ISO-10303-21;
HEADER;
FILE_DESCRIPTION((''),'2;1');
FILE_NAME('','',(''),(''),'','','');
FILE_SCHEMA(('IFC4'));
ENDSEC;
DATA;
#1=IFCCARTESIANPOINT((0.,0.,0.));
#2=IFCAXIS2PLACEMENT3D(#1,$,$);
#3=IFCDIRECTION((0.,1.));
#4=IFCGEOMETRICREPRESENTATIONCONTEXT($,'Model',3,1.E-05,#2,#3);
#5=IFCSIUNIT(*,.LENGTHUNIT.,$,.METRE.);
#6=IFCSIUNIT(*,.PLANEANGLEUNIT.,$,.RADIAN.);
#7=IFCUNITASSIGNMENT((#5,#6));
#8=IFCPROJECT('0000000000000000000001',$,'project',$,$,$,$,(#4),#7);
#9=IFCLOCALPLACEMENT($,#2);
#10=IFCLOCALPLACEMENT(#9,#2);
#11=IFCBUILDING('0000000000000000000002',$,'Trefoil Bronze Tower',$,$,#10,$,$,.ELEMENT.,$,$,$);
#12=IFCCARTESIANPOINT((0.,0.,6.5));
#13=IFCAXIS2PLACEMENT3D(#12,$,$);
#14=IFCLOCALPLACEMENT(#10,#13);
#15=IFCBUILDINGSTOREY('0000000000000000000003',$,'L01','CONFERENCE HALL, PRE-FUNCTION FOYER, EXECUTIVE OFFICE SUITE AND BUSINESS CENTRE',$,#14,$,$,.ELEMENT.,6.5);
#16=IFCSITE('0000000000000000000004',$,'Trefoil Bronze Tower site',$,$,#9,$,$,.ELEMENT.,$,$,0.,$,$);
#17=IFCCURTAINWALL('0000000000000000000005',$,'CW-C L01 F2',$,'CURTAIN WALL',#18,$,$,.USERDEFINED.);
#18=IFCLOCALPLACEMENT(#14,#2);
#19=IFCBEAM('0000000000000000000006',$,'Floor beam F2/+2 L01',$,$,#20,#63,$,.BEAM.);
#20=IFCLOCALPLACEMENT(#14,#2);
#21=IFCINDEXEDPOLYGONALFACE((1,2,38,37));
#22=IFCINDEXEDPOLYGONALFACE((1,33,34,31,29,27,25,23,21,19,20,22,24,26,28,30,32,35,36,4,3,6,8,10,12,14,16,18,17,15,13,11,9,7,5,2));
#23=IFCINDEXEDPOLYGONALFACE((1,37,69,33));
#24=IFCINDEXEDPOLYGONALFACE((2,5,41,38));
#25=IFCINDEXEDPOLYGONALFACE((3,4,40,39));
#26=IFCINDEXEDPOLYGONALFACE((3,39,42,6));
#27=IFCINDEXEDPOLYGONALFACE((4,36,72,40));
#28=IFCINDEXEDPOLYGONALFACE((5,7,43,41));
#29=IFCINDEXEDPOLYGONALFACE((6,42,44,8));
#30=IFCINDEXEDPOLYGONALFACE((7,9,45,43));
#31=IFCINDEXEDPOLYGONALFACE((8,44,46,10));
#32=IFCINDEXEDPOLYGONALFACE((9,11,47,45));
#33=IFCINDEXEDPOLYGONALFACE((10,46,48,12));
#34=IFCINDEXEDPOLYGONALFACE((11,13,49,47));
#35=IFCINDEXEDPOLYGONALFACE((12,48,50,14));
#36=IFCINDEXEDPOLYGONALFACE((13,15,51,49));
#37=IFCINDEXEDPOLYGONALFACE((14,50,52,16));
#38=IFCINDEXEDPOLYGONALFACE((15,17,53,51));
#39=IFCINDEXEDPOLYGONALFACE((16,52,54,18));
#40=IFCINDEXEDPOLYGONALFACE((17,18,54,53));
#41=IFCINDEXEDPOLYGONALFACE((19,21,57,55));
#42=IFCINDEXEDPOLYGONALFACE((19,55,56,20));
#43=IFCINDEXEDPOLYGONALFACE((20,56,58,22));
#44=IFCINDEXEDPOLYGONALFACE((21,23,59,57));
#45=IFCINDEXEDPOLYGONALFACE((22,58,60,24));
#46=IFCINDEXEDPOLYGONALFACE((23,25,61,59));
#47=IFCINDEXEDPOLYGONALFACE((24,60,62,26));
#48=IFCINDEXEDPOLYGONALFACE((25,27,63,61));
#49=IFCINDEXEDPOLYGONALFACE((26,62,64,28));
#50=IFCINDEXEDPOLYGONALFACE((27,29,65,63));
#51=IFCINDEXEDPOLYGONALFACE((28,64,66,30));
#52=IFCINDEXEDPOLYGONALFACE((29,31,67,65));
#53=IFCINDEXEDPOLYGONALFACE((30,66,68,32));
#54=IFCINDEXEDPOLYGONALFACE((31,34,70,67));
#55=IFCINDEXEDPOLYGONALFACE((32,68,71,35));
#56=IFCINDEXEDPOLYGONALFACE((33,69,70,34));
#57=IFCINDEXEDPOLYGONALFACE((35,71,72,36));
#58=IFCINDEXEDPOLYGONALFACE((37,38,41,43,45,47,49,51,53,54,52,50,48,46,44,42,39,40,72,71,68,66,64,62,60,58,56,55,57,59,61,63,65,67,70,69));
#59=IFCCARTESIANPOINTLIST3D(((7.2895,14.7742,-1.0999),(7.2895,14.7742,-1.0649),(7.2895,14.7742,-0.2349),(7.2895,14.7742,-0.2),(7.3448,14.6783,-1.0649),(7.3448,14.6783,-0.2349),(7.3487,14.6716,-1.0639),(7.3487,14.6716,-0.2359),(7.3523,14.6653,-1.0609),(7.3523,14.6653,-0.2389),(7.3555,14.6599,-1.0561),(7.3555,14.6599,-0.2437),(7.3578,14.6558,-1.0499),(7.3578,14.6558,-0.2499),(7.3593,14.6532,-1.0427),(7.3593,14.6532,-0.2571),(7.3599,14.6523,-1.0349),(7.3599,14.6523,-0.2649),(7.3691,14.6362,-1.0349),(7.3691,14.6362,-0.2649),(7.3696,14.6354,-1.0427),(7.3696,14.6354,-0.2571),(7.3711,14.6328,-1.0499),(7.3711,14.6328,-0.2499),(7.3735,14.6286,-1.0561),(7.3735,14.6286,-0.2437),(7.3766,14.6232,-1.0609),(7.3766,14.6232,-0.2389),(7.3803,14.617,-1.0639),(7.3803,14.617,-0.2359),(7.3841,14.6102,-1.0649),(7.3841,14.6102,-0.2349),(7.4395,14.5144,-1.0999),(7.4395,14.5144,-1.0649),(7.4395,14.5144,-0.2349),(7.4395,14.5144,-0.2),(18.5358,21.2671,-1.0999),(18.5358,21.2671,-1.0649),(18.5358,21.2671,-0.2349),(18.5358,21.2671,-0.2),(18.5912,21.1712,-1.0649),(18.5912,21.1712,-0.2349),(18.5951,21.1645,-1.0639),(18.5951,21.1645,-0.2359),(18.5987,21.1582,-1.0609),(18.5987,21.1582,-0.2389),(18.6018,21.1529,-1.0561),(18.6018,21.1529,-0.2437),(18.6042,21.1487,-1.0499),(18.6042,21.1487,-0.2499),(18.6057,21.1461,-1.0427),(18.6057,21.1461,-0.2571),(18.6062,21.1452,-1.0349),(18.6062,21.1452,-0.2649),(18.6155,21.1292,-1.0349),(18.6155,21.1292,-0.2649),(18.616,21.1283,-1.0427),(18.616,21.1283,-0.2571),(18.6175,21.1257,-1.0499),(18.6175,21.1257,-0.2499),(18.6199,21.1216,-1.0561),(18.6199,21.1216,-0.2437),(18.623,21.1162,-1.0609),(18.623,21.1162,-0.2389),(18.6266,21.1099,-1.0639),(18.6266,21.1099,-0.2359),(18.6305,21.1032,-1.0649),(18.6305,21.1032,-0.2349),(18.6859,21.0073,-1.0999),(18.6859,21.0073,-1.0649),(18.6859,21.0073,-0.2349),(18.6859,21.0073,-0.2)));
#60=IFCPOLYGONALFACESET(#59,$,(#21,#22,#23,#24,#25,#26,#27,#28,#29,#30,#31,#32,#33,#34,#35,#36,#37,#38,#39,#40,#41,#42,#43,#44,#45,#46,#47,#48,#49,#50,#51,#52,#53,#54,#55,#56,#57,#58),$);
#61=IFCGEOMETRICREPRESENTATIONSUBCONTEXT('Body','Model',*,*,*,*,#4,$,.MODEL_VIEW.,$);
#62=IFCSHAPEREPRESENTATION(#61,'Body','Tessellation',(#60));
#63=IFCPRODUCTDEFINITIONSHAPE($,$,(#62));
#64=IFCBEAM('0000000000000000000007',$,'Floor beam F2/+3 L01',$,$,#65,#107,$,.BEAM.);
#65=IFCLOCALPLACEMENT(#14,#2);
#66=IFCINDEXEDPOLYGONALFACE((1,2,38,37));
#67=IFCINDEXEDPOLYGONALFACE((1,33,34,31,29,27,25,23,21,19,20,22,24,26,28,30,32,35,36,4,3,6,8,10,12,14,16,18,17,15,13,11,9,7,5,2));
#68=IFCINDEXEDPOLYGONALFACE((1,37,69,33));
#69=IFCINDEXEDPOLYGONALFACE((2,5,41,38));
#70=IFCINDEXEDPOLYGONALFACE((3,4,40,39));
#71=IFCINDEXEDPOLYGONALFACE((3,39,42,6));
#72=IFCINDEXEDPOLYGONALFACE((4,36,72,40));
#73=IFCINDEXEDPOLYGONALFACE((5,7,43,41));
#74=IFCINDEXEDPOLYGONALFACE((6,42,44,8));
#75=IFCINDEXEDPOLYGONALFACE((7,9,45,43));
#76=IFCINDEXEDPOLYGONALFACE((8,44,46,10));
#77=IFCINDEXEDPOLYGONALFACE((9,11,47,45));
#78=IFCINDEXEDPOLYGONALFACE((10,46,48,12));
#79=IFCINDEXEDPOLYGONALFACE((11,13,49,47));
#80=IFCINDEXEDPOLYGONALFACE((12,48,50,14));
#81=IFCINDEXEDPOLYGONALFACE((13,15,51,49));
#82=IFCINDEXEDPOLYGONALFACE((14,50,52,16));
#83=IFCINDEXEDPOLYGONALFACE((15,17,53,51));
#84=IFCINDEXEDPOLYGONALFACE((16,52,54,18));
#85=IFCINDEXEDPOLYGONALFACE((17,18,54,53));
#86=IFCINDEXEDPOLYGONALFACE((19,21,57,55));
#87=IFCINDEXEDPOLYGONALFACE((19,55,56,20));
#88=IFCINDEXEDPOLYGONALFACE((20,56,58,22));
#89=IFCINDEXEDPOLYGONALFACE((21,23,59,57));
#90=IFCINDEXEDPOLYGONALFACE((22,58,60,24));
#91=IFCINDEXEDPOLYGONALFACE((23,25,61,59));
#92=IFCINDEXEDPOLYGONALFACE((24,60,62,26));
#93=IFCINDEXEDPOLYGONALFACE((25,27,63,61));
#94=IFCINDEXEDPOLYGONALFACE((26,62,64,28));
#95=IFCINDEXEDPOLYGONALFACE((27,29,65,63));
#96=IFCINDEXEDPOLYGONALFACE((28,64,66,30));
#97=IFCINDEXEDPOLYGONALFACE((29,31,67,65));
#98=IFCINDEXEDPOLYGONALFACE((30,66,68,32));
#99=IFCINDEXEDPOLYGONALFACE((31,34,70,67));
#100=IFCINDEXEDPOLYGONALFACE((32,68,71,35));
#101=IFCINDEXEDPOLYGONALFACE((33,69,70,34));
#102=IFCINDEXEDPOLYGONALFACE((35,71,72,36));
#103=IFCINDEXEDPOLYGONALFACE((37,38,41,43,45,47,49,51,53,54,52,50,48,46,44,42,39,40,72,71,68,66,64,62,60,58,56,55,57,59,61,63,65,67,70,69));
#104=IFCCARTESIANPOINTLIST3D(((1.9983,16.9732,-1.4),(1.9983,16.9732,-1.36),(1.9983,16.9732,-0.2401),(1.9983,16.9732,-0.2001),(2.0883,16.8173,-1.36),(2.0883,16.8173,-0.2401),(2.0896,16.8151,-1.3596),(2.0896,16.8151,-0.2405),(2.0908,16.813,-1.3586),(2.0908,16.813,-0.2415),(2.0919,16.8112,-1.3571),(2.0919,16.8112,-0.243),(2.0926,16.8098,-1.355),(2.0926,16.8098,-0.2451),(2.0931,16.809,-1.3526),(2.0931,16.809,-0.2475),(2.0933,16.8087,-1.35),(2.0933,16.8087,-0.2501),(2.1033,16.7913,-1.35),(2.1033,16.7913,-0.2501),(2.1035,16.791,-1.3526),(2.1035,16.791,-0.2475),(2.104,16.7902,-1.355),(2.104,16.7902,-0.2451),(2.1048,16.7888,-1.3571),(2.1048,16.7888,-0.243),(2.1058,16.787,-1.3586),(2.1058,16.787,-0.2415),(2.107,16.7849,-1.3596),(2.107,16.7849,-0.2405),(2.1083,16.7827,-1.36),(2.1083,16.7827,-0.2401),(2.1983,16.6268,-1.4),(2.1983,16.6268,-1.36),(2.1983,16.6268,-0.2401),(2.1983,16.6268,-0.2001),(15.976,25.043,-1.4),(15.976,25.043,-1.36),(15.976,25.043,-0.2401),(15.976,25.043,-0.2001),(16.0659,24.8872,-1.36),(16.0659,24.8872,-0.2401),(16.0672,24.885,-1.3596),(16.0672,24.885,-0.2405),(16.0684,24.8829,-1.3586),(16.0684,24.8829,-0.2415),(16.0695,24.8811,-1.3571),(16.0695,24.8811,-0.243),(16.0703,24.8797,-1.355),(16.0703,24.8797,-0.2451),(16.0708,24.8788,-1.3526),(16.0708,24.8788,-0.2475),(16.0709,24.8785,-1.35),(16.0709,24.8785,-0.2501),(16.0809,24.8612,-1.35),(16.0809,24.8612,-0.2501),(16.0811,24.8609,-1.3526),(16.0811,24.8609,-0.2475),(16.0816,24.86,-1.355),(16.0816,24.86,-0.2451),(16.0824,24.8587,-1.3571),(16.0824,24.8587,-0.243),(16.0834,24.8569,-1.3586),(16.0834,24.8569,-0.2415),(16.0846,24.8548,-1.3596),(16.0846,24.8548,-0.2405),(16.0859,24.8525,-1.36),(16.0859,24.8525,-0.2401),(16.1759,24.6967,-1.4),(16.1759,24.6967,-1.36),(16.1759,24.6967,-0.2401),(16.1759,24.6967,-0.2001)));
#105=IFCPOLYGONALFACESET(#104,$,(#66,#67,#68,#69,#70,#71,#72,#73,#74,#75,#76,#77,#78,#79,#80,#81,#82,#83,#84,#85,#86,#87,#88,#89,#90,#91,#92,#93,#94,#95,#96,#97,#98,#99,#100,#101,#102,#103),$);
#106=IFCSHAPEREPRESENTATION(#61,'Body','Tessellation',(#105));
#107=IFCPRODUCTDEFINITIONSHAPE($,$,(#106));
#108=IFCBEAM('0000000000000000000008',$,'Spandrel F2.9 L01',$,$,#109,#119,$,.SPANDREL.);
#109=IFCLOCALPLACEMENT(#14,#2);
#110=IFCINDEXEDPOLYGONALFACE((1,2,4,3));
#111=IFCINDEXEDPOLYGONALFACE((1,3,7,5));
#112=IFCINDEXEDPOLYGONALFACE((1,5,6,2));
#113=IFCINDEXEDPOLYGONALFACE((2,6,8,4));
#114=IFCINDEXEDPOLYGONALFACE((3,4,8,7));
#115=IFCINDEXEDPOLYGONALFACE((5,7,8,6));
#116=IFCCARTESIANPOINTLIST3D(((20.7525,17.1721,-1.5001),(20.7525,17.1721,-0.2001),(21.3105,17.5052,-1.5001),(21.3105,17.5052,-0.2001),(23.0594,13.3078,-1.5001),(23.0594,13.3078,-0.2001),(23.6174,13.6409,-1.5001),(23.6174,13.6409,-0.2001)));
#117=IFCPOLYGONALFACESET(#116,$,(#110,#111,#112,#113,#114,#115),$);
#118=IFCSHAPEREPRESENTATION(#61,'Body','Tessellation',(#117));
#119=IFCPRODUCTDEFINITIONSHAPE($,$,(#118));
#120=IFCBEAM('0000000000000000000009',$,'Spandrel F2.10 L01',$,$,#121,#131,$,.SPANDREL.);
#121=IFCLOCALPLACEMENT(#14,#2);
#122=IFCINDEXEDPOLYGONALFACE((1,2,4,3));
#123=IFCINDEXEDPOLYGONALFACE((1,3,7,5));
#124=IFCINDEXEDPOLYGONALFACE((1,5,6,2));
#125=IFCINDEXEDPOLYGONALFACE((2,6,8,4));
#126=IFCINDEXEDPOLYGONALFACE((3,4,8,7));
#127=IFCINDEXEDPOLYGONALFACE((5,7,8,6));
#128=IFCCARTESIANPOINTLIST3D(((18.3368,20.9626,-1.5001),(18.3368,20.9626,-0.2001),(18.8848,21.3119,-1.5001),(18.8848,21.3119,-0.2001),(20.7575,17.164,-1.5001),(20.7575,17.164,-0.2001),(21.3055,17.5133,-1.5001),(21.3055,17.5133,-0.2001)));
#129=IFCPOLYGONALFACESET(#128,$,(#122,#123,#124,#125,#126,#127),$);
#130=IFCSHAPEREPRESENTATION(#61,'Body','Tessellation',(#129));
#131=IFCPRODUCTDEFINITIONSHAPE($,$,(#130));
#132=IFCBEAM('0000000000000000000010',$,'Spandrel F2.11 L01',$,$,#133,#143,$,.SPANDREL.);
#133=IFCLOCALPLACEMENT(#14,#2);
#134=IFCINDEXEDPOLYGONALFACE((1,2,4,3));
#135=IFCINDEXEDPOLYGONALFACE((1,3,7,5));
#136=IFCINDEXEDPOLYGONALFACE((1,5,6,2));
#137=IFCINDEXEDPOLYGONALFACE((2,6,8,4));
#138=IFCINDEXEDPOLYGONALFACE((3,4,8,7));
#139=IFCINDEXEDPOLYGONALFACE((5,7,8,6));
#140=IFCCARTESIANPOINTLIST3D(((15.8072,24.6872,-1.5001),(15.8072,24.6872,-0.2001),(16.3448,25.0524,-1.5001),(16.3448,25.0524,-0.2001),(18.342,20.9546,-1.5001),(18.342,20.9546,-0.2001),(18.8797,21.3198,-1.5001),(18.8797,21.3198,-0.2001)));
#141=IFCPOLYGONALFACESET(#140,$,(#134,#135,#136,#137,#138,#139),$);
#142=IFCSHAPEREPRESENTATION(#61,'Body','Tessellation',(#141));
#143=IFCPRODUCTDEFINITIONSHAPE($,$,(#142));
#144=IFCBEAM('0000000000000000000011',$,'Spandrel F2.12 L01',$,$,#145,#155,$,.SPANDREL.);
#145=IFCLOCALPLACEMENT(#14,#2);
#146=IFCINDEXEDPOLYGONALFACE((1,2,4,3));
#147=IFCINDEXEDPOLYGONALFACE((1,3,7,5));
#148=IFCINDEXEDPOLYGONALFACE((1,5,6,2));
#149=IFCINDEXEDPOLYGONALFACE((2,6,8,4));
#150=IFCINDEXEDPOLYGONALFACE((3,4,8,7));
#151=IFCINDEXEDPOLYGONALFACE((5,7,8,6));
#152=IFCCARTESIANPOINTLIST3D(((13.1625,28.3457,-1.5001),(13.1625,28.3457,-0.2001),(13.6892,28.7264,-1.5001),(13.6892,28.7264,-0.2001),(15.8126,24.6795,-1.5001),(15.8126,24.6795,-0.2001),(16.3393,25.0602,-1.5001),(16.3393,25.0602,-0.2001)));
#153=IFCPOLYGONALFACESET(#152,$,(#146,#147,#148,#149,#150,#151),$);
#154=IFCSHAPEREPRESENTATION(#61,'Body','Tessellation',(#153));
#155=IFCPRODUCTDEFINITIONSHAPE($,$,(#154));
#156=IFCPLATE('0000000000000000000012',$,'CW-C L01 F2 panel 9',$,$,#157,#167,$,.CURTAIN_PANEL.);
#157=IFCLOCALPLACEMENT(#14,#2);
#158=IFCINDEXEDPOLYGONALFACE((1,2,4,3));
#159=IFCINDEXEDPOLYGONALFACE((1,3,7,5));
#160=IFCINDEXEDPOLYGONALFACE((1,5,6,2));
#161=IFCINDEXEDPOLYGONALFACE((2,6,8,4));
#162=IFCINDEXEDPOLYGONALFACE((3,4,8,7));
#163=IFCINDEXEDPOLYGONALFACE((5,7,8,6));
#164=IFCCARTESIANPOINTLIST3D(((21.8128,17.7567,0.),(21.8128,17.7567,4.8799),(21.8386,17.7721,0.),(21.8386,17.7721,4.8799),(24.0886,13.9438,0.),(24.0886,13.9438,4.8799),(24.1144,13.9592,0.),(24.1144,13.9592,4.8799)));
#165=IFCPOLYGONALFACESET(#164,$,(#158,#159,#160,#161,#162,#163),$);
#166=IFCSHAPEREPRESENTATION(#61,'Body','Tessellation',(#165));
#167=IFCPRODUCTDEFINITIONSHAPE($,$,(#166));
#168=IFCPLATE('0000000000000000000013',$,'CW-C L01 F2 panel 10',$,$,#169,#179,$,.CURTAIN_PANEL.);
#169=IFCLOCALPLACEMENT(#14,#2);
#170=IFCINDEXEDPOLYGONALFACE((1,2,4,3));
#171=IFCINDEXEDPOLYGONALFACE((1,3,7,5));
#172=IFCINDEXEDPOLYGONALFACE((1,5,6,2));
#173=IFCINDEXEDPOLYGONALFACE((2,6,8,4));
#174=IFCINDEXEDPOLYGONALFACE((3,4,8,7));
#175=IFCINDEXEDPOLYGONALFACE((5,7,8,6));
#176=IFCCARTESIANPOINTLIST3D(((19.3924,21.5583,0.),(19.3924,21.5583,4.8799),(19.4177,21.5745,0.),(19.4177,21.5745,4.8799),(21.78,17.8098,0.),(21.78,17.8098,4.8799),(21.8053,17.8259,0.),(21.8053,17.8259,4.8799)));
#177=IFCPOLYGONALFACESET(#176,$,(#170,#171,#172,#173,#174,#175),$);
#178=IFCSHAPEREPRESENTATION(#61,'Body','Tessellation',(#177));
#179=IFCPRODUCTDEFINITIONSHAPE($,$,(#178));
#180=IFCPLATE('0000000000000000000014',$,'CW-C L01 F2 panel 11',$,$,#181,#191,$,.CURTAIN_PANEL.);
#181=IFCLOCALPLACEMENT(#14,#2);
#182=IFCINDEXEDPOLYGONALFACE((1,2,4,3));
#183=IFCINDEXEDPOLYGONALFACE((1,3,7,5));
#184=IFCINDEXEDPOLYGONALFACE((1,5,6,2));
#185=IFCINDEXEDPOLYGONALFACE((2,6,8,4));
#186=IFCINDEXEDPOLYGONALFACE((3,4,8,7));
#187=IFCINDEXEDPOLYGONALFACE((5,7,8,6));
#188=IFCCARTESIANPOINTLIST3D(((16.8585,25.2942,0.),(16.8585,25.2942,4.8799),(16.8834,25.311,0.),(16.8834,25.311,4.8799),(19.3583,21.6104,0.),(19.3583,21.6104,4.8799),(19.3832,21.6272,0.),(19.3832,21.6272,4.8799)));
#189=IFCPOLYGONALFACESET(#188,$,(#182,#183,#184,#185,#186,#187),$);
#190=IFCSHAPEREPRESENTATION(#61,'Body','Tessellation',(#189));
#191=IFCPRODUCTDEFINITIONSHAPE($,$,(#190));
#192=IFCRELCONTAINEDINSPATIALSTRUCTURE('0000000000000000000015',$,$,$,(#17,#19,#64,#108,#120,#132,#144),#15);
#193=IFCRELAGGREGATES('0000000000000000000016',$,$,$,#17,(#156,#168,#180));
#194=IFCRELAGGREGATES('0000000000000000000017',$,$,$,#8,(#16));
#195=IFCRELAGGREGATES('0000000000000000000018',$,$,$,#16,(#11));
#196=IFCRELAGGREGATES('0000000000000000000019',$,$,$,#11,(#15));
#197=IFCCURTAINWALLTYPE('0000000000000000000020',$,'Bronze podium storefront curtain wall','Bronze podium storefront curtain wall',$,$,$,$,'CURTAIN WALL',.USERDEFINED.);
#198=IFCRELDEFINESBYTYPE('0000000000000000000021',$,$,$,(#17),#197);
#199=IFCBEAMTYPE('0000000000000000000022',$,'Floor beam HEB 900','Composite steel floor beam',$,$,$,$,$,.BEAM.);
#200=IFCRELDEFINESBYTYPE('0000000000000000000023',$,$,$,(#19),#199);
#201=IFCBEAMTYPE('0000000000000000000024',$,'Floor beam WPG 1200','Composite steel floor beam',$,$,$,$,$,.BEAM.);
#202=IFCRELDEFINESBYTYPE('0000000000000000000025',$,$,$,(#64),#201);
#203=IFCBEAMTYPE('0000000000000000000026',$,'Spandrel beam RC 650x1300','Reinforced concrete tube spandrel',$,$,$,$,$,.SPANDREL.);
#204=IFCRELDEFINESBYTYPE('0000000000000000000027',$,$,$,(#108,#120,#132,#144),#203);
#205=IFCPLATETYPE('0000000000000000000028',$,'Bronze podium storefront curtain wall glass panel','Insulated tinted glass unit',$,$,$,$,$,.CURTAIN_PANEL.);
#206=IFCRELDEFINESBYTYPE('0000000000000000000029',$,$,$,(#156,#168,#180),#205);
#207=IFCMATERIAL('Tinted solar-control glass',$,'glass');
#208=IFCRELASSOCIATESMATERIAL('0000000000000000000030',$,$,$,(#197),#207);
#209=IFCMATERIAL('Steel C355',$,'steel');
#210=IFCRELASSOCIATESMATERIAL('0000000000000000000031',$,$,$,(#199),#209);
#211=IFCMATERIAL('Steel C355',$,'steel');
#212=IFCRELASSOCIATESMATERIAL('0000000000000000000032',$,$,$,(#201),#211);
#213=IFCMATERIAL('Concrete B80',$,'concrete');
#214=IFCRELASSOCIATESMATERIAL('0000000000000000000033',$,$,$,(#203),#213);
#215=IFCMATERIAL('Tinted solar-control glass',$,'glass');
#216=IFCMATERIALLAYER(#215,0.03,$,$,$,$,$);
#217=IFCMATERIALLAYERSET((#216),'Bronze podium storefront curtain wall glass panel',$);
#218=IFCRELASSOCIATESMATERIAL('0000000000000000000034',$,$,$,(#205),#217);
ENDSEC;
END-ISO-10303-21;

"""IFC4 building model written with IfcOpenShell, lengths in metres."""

from ifc_helpers import new_model, si_unit, direction, frame, origin, origin_2d, place, context, subcontext, project, spatial, rectangle, i_section, extrude, material, layer, layer_set, material_profile, profile_set, type_object, element, aggregate, save


model = new_model("IFC4")

# Units and contexts
model_context = context("Model", 3, precision=1e-05, world=origin(), true_north=direction((0.0, 1.0)))
body_context = subcontext(model_context, "Body", "Model", "MODEL_VIEW")
ifc_project = project(units=[si_unit("LENGTHUNIT", "METRE"), si_unit("PLANEANGLEUNIT", "RADIAN")], contexts=[model_context])

# Site, building, storey
site_placement = place(None, origin())
site = spatial("IfcSite", under=ifc_project, at=site_placement, Name="Trefoil Bronze Tower site", CompositionType="ELEMENT", RefElevation=0.0)
building_placement = place(site_placement, origin())
building = spatial("IfcBuilding", under=site, at=building_placement, Name="Trefoil Bronze Tower", CompositionType="ELEMENT")
storey_placement = place(building_placement, frame((0.0, 0.0, 6.5)))
storey = spatial("IfcBuildingStorey", under=building, at=storey_placement, Name="L01", Description="CONFERENCE HALL, PRE-FUNCTION FOYER, EXECUTIVE OFFICE SUITE AND BUSINESS CENTRE", CompositionType="ELEMENT", Elevation=6.5)

# Curtain wall
ifc_material_1 = material(Name="Tinted solar-control glass", Category="glass")
curtain_wall_type = type_object("IfcCurtainWallType", Name="Bronze podium storefront curtain wall", Description="Bronze podium storefront curtain wall", ElementType="CURTAIN WALL", PredefinedType="USERDEFINED", material=ifc_material_1)
curtain_wall_placement = place(storey_placement, origin())
curtain_wall = element("IfcCurtainWall", 1, at=curtain_wall_placement, inside=storey, type_object=curtain_wall_type, Name="CW-C L01 F2", ObjectType="CURTAIN WALL", PredefinedType="USERDEFINED")

# Beams
ifc_material_2 = material(Name="Steel C355", Category="steel")
ifc_material_profile_1 = material_profile(ifc_material_2, i_section(OverallWidth=0.3, OverallDepth=0.8999, WebThickness=0.0186, FlangeThickness=0.0349, FilletRadius=0.03, at=origin_2d()), Name="HEB 900")
ifc_profile_set_1 = profile_set([ifc_material_profile_1], Name="Steel C355")
beam_type_1 = type_object("IfcBeamType", Name="Floor beam HEB 900", Description="Composite steel floor beam", PredefinedType="BEAM", material=ifc_profile_set_1)
beam_1_placement = place(storey_placement, frame((18.6108, 21.1372, -0.6499), z_axis=(-0.866031, -0.499991, 0.0), x_axis=(0.499991, -0.866031, 0.0)))
element("IfcBeam", 2, at=beam_1_placement, inside=storey, type_object=beam_type_1, Name="Floor beam F2/+2 L01", PredefinedType="BEAM", context=body_context, shape_type="SweptSolid", body=[
    extrude(i_section(OverallWidth=0.3, OverallDepth=0.8999, WebThickness=0.0186, FlangeThickness=0.0349, FilletRadius=0.03, at=origin_2d()), origin(), (0.0, 0.0, 1.0), 12.9861),
])
ifc_material_3 = material(Name="Steel C355", Category="steel")
ifc_material_profile_2 = material_profile(ifc_material_3, i_section(OverallWidth=0.3999, OverallDepth=1.2, WebThickness=0.02, FlangeThickness=0.04, FilletRadius=0.01, at=origin_2d()), Name="WPG 1200")
ifc_profile_set_2 = profile_set([ifc_material_profile_2], Name="Steel C355")
beam_type_2 = type_object("IfcBeamType", Name="Floor beam WPG 1200", Description="Composite steel floor beam", PredefinedType="BEAM", material=ifc_profile_set_2)
beam_2_placement = place(storey_placement, frame((16.0759, 24.8699, -0.8), z_axis=(-0.866028, -0.499995, 0.0), x_axis=(0.499995, -0.866028, 0.0)))
element("IfcBeam", 3, at=beam_2_placement, inside=storey, type_object=beam_type_2, Name="Floor beam F2/+3 L01", PredefinedType="BEAM", context=body_context, shape_type="SweptSolid", body=[
    extrude(i_section(OverallWidth=0.3999, OverallDepth=1.2, WebThickness=0.02, FlangeThickness=0.04, FilletRadius=0.01, at=origin_2d()), origin(), (0.0, 0.0, 1.0), 16.1399),
])
ifc_material_4 = material(Name="Concrete B80", Category="concrete")
ifc_material_profile_3 = material_profile(ifc_material_4, rectangle(XDim=0.6499, YDim=1.3, at=origin_2d()), Name="RC 650x1300")
ifc_profile_set_3 = profile_set([ifc_material_profile_3], Name="Concrete B80")
beam_type_3 = type_object("IfcBeamType", Name="Spandrel beam RC 650x1300", Description="Reinforced concrete tube spandrel", PredefinedType="SPANDREL", material=ifc_profile_set_3)
beam_3_placement = place(storey_placement, frame((23.3384, 13.4744, -0.8501), z_axis=(-0.512588, 0.858635, 0.0), x_axis=(-0.858635, -0.512588, 0.0)))
element("IfcBeam", 4, at=beam_3_placement, inside=storey, type_object=beam_type_3, Name="Spandrel F2.9 L01", PredefinedType="SPANDREL", context=body_context, shape_type="SweptSolid", body=[
    extrude(rectangle(XDim=0.6499, YDim=1.3, at=origin_2d()), origin(), (0.0, 0.0, 1.0), 4.5005),
])
beam_4_placement = place(storey_placement, frame((21.0315, 17.3386, -0.8501), z_axis=(-0.537408, 0.843322, 0.0), x_axis=(-0.843322, -0.537408, 0.0)))
element("IfcBeam", 5, at=beam_4_placement, inside=storey, type_object=beam_type_3, Name="Spandrel F2.10 L01", PredefinedType="SPANDREL", context=body_context, shape_type="SweptSolid", body=[
    extrude(rectangle(XDim=0.6499, YDim=1.3, at=origin_2d()), origin(), (0.0, 0.0, 1.0), 4.5044),
])
beam_5_placement = place(storey_placement, frame((18.6108, 21.1372, -0.8501), z_axis=(-0.56181, 0.827267, 0.0), x_axis=(-0.827267, -0.56181, 0.0)))
element("IfcBeam", 6, at=beam_5_placement, inside=storey, type_object=beam_type_3, Name="Spandrel F2.11 L01", PredefinedType="SPANDREL", context=body_context, shape_type="SweptSolid", body=[
    extrude(rectangle(XDim=0.6499, YDim=1.3, at=origin_2d()), origin(), (0.0, 0.0, 1.0), 4.512),
])
beam_6_placement = place(storey_placement, frame((16.0759, 24.8699, -0.8501), z_axis=(-0.585824, 0.810439, 0.0), x_axis=(-0.810439, -0.585824, 0.0)))
element("IfcBeam", 7, at=beam_6_placement, inside=storey, type_object=beam_type_3, Name="Spandrel F2.12 L01", PredefinedType="SPANDREL", context=body_context, shape_type="SweptSolid", body=[
    extrude(rectangle(XDim=0.6499, YDim=1.3, at=origin_2d()), origin(), (0.0, 0.0, 1.0), 4.5237),
])

# Plates
ifc_material_5 = material(Name="Tinted solar-control glass", Category="glass")
ifc_layer_1 = layer(ifc_material_5, 0.03)
ifc_layer_set_1 = layer_set([ifc_layer_1], Name="Bronze podium storefront curtain wall glass panel")
plate_type = type_object("IfcPlateType", Name="Bronze podium storefront curtain wall glass panel", Description="Insulated tinted glass unit", PredefinedType="CURTAIN_PANEL", material=ifc_layer_set_1)
plate_1_placement = place(storey_placement, frame((22.9636, 15.8579, 0.0), z_axis=(0.0, 0.0, 1.0), x_axis=(-0.512513, 0.85868, 0.0)))
plate_1 = element("IfcPlate", 8, at=plate_1_placement, type_object=plate_type, Name="CW-C L01 F2 panel 9", PredefinedType="CURTAIN_PANEL", context=body_context, shape_type="SweptSolid", body=[
    extrude(rectangle(XDim=4.4404, YDim=0.03, at=origin_2d()), origin(), (0.0, 0.0, 1.0), 4.8799),
])
plate_2_placement = place(storey_placement, frame((20.5989, 19.6921, 0.0), z_axis=(0.0, 0.0, 1.0), x_axis=(-0.537222, 0.843441, 0.0)))
plate_2 = element("IfcPlate", 9, at=plate_2_placement, type_object=plate_type, Name="CW-C L01 F2 panel 10", PredefinedType="CURTAIN_PANEL", context=body_context, shape_type="SweptSolid", body=[
    extrude(rectangle(XDim=4.4443, YDim=0.03, at=origin_2d()), origin(), (0.0, 0.0, 1.0), 4.8799),
])
plate_3_placement = place(storey_placement, frame((18.1208, 23.4607, 0.0), z_axis=(0.0, 0.0, 1.0), x_axis=(-0.56151, 0.82747, 0.0)))
plate_3 = element("IfcPlate", 10, at=plate_3_placement, type_object=plate_type, Name="CW-C L01 F2 panel 11", PredefinedType="CURTAIN_PANEL", context=body_context, shape_type="SweptSolid", body=[
    extrude(rectangle(XDim=4.4519, YDim=0.03, at=origin_2d()), origin(), (0.0, 0.0, 1.0), 4.8799),
])
aggregate(curtain_wall, [plate_1, plate_2, plate_3])

save(model, "model.ifc")
